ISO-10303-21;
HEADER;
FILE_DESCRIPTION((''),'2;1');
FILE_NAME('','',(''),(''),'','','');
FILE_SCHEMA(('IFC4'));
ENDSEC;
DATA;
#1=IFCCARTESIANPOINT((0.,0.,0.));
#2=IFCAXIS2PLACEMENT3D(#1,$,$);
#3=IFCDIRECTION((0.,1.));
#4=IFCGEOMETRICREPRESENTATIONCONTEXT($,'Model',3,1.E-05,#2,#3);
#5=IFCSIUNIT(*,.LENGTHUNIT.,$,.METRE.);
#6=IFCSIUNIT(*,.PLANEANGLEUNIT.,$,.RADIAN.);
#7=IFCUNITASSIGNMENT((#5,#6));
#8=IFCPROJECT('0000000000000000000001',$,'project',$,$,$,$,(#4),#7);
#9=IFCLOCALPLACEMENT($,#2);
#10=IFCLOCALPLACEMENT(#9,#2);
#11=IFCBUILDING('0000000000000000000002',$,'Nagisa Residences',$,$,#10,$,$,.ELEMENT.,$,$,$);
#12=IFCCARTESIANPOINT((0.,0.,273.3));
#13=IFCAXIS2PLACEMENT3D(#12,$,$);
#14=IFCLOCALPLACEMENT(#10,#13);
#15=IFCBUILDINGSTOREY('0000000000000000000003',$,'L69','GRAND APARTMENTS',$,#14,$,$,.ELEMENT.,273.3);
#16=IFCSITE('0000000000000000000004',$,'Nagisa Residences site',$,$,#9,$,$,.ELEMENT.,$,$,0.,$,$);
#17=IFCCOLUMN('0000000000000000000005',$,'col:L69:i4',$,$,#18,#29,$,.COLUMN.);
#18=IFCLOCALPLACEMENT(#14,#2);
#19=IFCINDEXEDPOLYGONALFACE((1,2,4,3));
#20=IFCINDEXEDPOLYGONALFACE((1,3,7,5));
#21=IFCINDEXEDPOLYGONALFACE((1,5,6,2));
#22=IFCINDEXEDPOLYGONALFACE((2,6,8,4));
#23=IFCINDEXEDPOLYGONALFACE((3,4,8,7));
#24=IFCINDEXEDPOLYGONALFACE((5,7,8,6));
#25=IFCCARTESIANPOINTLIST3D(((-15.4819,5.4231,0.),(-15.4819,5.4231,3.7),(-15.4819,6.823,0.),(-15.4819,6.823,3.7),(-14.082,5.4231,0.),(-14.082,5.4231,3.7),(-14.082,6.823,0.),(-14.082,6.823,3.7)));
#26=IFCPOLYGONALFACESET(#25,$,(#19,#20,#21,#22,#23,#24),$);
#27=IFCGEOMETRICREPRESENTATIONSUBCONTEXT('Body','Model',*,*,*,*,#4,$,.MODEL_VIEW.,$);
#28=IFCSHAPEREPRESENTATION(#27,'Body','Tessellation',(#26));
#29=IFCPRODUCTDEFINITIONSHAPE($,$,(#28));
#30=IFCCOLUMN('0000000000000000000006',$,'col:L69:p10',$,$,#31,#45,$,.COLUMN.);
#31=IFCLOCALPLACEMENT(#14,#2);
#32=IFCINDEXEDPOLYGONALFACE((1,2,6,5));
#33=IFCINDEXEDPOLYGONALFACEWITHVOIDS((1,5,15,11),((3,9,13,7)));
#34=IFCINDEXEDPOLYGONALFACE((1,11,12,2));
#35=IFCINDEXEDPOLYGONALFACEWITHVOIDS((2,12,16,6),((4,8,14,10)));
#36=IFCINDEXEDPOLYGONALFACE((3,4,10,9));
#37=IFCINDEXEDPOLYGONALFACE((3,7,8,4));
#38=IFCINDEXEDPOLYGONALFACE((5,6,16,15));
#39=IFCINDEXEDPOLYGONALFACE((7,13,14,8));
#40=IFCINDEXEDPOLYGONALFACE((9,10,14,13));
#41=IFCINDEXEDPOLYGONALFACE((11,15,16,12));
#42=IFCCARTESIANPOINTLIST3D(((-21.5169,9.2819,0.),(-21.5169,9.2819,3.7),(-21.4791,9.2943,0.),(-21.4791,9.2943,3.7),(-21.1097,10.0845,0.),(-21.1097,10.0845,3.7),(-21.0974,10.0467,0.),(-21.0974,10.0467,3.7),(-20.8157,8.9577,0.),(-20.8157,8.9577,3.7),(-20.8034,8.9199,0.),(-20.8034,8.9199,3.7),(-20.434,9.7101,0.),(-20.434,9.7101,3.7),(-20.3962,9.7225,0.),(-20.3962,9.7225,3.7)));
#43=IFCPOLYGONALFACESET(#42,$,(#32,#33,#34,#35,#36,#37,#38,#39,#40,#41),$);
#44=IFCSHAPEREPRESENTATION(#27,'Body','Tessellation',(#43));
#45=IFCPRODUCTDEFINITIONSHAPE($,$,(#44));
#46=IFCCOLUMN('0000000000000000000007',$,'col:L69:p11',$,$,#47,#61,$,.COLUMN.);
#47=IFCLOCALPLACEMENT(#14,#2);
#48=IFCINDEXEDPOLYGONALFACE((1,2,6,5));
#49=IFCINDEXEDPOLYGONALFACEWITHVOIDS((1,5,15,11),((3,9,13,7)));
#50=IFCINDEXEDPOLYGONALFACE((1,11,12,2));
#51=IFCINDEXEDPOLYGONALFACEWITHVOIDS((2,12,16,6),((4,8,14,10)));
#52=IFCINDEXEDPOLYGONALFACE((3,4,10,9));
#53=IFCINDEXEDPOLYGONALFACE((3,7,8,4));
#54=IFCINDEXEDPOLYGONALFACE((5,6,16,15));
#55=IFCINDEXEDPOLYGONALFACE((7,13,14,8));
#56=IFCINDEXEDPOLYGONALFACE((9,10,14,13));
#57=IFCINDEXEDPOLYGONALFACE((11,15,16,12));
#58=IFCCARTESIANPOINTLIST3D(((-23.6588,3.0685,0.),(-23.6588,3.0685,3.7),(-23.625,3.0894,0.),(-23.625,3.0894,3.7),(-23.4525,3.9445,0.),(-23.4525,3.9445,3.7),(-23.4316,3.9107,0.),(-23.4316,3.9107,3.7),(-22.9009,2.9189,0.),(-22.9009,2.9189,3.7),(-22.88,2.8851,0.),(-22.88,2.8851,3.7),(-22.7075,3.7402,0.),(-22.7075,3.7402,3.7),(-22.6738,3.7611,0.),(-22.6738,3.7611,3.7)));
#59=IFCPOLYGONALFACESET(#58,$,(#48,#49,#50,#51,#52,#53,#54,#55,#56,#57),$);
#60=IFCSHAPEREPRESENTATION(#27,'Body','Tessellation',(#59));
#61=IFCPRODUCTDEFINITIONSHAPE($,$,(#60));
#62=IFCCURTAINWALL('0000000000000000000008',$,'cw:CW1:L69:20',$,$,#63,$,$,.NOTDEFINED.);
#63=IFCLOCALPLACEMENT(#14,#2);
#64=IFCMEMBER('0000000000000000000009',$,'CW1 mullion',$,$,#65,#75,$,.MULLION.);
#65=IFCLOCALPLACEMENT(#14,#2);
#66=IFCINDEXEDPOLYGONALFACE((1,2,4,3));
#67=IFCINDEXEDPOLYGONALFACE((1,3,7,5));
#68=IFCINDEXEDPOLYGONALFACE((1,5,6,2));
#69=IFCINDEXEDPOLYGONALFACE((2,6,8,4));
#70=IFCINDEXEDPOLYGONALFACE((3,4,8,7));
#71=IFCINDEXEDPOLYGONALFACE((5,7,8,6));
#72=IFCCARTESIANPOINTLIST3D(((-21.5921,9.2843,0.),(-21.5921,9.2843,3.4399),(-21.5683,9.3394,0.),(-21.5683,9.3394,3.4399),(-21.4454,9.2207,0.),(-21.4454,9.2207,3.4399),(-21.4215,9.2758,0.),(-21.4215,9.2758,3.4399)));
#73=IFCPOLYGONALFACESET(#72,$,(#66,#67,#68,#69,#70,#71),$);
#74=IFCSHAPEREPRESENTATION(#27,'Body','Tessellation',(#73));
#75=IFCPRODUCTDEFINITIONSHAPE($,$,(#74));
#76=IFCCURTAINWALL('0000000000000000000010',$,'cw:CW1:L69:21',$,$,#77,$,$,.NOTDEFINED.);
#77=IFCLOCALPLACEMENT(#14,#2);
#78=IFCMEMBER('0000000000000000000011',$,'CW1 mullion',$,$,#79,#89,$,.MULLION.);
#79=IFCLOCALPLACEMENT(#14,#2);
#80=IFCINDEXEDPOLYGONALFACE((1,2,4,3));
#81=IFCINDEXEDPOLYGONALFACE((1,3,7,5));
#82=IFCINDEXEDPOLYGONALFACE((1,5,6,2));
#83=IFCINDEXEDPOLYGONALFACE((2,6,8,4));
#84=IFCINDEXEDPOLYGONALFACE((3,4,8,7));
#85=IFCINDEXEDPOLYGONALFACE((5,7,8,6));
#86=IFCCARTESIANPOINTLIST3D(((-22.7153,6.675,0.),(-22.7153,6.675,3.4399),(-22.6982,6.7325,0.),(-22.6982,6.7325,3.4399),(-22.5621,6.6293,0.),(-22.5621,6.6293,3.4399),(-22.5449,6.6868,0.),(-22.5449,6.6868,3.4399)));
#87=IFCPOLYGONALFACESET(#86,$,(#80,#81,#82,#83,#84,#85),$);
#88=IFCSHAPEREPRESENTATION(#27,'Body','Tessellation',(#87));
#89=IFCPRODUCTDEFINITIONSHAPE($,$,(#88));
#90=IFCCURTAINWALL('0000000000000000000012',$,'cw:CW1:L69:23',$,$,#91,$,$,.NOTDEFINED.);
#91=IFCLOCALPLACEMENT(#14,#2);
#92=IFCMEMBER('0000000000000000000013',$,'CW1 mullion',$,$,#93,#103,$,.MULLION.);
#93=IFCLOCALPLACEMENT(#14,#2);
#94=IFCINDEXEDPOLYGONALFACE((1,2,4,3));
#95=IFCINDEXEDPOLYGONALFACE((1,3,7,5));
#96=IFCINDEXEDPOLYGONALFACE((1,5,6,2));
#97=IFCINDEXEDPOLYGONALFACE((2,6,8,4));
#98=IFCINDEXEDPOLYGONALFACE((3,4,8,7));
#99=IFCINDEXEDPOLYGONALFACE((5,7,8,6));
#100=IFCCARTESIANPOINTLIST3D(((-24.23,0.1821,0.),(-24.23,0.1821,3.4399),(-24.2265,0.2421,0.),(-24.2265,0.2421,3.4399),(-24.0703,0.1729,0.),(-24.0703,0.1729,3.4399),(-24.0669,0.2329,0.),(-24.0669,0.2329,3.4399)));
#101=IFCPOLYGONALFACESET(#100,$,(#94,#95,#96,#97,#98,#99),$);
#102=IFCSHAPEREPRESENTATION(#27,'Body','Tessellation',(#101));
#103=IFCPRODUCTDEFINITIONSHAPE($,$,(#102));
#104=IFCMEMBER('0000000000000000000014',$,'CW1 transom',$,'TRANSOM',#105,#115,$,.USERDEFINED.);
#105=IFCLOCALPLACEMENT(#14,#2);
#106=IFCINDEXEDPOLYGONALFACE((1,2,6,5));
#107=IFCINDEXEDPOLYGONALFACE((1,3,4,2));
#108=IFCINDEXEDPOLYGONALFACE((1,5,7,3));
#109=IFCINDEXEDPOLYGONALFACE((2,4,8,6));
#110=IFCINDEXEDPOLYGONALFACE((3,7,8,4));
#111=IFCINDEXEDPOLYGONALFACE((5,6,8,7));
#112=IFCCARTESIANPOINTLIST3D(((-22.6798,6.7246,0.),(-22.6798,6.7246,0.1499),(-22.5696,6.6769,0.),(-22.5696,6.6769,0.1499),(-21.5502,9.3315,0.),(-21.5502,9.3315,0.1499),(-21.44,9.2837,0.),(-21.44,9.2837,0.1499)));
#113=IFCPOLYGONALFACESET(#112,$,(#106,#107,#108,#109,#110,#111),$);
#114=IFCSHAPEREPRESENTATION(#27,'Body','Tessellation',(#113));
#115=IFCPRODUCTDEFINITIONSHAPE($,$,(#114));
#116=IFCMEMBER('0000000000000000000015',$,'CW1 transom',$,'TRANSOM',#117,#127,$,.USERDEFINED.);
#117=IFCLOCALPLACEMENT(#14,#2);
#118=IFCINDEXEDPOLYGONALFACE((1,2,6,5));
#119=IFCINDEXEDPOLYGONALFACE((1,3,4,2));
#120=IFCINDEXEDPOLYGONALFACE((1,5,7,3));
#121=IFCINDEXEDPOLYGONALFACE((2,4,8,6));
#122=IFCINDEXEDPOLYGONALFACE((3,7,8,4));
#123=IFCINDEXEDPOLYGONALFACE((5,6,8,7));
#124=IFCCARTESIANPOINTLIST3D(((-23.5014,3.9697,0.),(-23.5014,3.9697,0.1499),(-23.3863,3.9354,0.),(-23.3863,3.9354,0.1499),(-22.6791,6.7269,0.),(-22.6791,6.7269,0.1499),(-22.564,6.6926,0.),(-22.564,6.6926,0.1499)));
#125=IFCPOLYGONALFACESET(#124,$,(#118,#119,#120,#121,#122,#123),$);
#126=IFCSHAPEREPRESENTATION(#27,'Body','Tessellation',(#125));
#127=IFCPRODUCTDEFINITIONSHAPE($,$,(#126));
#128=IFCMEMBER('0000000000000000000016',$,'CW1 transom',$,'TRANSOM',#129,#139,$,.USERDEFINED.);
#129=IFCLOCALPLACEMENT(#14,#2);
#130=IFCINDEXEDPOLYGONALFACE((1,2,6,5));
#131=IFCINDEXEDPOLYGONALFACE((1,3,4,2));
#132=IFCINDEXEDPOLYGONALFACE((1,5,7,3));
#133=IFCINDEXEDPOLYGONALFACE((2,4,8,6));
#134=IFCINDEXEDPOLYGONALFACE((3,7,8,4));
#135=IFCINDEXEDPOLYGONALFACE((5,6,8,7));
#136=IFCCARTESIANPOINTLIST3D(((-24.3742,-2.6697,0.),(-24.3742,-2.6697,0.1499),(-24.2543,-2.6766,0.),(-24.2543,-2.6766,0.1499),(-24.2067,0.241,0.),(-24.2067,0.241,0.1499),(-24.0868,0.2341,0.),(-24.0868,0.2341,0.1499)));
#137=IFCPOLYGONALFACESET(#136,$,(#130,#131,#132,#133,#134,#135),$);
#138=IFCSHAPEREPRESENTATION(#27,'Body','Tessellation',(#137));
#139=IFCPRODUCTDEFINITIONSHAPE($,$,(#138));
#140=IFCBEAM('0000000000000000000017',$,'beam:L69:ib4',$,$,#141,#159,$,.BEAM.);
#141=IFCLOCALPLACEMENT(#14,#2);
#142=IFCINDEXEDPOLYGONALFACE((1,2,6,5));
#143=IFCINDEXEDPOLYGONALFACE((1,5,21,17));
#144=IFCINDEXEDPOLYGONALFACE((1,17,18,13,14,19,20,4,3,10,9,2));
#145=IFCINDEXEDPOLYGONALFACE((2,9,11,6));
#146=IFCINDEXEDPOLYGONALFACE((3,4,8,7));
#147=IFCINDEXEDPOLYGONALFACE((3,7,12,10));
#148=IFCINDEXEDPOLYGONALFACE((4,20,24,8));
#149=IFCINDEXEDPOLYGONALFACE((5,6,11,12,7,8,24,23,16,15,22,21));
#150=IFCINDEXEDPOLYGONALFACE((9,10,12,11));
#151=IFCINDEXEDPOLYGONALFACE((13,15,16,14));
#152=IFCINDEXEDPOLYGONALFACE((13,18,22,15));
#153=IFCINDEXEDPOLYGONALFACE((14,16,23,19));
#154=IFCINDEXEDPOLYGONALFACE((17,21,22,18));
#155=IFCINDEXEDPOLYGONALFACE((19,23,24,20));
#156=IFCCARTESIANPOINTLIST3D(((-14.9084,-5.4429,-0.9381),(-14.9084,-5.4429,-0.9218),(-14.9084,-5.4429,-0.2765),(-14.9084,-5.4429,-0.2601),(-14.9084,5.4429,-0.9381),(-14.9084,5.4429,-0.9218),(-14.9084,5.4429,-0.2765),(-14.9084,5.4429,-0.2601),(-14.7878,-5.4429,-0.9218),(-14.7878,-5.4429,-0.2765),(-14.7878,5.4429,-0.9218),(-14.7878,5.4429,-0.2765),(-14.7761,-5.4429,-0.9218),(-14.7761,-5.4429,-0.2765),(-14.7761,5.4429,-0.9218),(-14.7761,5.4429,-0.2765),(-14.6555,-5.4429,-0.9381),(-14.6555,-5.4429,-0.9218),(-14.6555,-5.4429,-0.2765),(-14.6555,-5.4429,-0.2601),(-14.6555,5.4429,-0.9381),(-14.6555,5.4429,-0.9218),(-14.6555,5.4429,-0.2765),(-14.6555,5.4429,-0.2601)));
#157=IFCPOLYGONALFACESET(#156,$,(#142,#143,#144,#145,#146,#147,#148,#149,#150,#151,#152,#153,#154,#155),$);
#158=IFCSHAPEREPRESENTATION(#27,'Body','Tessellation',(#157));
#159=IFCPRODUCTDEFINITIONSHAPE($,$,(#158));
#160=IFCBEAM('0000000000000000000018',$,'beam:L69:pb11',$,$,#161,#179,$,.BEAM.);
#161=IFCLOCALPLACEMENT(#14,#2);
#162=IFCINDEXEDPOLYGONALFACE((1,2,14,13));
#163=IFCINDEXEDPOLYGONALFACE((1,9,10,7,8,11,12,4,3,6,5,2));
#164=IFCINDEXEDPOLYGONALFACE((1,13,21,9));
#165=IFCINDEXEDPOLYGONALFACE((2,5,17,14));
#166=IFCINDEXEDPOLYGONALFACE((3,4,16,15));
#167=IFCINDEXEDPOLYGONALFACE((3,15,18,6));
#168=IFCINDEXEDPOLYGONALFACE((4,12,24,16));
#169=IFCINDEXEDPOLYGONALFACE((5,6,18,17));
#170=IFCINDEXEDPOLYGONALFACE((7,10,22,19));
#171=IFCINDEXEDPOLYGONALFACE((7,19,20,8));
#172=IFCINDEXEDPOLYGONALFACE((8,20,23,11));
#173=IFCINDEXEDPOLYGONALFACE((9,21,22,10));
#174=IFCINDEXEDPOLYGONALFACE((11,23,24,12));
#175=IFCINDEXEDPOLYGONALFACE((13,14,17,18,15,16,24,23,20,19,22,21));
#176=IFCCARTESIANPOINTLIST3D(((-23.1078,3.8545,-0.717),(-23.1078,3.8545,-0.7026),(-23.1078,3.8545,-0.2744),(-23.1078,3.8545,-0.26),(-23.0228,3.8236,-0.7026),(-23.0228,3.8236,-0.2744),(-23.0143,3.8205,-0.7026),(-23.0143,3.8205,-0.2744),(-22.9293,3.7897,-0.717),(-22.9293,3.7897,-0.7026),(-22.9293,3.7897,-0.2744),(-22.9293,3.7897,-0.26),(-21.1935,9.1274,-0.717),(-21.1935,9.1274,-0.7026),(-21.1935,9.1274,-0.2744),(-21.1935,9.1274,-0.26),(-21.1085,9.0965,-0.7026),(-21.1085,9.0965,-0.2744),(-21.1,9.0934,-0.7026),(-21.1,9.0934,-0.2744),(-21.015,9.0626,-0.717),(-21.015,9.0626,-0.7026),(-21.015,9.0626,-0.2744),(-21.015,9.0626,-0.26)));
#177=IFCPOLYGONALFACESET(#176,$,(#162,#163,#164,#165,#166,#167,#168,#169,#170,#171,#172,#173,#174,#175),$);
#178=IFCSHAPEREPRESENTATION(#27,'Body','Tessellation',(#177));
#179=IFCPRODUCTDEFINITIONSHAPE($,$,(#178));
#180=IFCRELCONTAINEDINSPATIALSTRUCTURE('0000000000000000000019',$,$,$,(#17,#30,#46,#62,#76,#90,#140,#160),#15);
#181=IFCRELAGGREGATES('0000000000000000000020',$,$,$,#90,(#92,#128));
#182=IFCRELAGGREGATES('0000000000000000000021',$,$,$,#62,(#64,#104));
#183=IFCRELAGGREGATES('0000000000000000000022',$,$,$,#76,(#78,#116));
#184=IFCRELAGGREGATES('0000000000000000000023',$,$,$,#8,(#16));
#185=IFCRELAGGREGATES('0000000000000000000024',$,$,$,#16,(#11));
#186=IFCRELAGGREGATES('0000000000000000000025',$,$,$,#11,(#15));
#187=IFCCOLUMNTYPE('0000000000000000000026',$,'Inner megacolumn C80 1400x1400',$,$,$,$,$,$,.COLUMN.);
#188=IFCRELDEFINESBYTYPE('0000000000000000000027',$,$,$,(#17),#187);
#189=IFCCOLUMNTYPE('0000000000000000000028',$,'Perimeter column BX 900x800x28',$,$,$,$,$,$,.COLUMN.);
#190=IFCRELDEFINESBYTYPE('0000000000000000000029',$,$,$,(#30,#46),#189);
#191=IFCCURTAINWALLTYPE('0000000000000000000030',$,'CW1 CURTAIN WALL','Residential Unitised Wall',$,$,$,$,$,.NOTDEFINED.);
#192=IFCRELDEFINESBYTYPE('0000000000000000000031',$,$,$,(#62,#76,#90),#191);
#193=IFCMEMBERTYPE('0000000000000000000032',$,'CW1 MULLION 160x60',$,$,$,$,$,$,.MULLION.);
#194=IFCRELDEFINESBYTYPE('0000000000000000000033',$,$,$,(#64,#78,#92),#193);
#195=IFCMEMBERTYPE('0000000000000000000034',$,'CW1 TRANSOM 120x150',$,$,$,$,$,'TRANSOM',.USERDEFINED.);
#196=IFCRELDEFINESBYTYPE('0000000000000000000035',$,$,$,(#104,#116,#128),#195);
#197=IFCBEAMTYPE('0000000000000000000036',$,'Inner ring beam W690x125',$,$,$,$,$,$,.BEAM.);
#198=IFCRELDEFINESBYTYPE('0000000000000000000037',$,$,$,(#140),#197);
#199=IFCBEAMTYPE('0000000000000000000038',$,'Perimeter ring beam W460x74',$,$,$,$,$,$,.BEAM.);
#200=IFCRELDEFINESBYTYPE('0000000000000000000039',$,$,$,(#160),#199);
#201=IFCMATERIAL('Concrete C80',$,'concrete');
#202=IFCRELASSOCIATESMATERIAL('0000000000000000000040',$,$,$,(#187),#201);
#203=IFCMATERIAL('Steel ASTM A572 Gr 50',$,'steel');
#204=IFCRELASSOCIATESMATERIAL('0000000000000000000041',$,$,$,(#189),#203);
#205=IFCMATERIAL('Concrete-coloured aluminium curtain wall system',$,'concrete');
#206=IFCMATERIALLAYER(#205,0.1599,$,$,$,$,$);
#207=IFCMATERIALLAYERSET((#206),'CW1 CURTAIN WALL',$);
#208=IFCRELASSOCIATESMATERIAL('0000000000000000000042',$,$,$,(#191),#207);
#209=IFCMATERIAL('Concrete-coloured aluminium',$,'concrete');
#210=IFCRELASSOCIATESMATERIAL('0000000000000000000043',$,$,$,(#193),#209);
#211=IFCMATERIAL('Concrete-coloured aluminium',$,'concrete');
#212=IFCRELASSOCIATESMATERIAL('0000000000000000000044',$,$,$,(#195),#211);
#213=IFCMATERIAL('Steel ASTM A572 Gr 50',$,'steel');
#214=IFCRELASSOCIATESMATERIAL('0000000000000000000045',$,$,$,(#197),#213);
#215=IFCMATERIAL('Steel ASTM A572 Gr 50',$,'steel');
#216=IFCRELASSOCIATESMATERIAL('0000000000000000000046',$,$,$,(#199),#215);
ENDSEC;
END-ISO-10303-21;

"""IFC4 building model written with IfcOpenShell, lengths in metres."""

from ifc_helpers import new_model, si_unit, direction, frame, origin, origin_2d, place, context, subcontext, project, spatial, rectangle, hollow_rectangle, i_section, extrude, material, layer, layer_set, material_profile, profile_set, type_object, element, aggregate, save


model = new_model("IFC4")

# Units and contexts
model_context = context("Model", 3, precision=1e-05, world=origin(), true_north=direction((0.0, 1.0)))
body_context = subcontext(model_context, "Body", "Model", "MODEL_VIEW")
ifc_project = project(units=[si_unit("LENGTHUNIT", "METRE"), si_unit("PLANEANGLEUNIT", "RADIAN")], contexts=[model_context])

# Site, building, storey
site_placement = place(None, origin())
site = spatial("IfcSite", under=ifc_project, at=site_placement, Name="Nagisa Residences site", CompositionType="ELEMENT", RefElevation=0.0)
building_placement = place(site_placement, origin())
building = spatial("IfcBuilding", under=site, at=building_placement, Name="Nagisa Residences", CompositionType="ELEMENT")
storey_placement = place(building_placement, frame((0.0, 0.0, 273.3)))
storey = spatial("IfcBuildingStorey", under=building, at=storey_placement, Name="L69", Description="GRAND APARTMENTS", CompositionType="ELEMENT", Elevation=273.3)

# Columns
ifc_material_1 = material(Name="Concrete C80", Category="concrete")
ifc_material_profile_1 = material_profile(ifc_material_1, rectangle(XDim=1.3999, YDim=1.3999, at=origin_2d()), Name="C80 1400x1400")
ifc_profile_set_1 = profile_set([ifc_material_profile_1], Name="Concrete C80")
column_type_1 = type_object("IfcColumnType", Name="Inner megacolumn C80 1400x1400", PredefinedType="COLUMN", material=ifc_profile_set_1)
column_placement = place(storey_placement, frame((-14.782, 6.123, 0.0), z_axis=(0.0, 0.0, 1.0), x_axis=(1.0, 0.0, 0.0)))
element("IfcColumn", 1, at=column_placement, inside=storey, type_object=column_type_1, Name="col:L69:i4", PredefinedType="COLUMN", context=body_context, shape_type="SweptSolid", body=[
    extrude(rectangle(XDim=1.3999, YDim=1.3999, at=origin_2d()), origin(), (0.0, 0.0, 1.0), 3.7),
])
ifc_material_2 = material(Name="Steel ASTM A572 Gr 50", Category="steel")
ifc_material_profile_2 = material_profile(ifc_material_2, hollow_rectangle(XDim=0.8999, YDim=0.8, WallThickness=0.0281, at=origin_2d()), Name="BX 900x800x28")
ifc_profile_set_2 = profile_set([ifc_material_profile_2], Name="Steel ASTM A572 Gr 50")
column_type_2 = type_object("IfcColumnType", Name="Perimeter column BX 900x800x28", PredefinedType="COLUMN", material=ifc_profile_set_2)
for number, where, z_axis, x_axis, name in (
    (2, (-20.9565, 9.5022, 0.0), (0.0, 0.0, 1.0), (-0.452463, -0.891783, 0.0), "col:L69:p10"),
    (3, (-23.1663, 3.4148, 0.0), (0.0, 0.0, 1.0), (-0.229202, -0.973379, 0.0), "col:L69:p11"),
):
    element("IfcColumn", number, at=place(storey_placement, frame(where, z_axis=z_axis, x_axis=x_axis)), inside=storey, type_object=column_type_2, Name=name, PredefinedType="COLUMN", context=body_context, shape_type="SweptSolid", body=[
        extrude(hollow_rectangle(XDim=0.8999, YDim=0.8, WallThickness=0.0281, at=origin_2d()), origin(), (0.0, 0.0, 1.0), 3.7),
    ])

# Curtain walls, members
ifc_material_3 = material(Name="Concrete-coloured aluminium curtain wall system", Category="concrete")
ifc_layer_1 = layer(ifc_material_3, 0.1599)
ifc_layer_set_1 = layer_set([ifc_layer_1], Name="CW1 CURTAIN WALL")
curtain_wall_type = type_object("IfcCurtainWallType", Name="CW1 CURTAIN WALL", Description="Residential Unitised Wall", PredefinedType="NOTDEFINED", material=ifc_layer_set_1)
curtain_wall_1_placement = place(storey_placement, origin())
curtain_wall_1 = element("IfcCurtainWall", 4, at=curtain_wall_1_placement, inside=storey, type_object=curtain_wall_type, Name="cw:CW1:L69:20", PredefinedType="NOTDEFINED")
ifc_material_4 = material(Name="Concrete-coloured aluminium", Category="concrete")
ifc_material_profile_3 = material_profile(ifc_material_4, rectangle(XDim=0.1599, YDim=0.0601, at=origin_2d()), Name="CW1 MULLION 160x60")
ifc_profile_set_3 = profile_set([ifc_material_profile_3], Name="Concrete-coloured aluminium")
member_type_1 = type_object("IfcMemberType", Name="CW1 MULLION 160x60", PredefinedType="MULLION", material=ifc_profile_set_3)
member_1_placement = place(storey_placement, frame((-21.5068, 9.28, 0.0), z_axis=(0.0, 0.0, 1.0), x_axis=(0.917543, -0.397636, 0.0)))
member_1 = element("IfcMember", 5, at=member_1_placement, type_object=member_type_1, Name="CW1 mullion", PredefinedType="MULLION", context=body_context, shape_type="SweptSolid", body=[
    extrude(rectangle(XDim=0.1599, YDim=0.0601, at=origin_2d()), origin(), (0.0, 0.0, 1.0), 3.4399),
])
curtain_wall_2_placement = place(storey_placement, origin())
curtain_wall_2 = element("IfcCurtainWall", 6, at=curtain_wall_2_placement, inside=storey, type_object=curtain_wall_type, Name="cw:CW1:L69:21", PredefinedType="NOTDEFINED")
member_2_placement = place(storey_placement, frame((-22.6301, 6.6809, 0.0), z_axis=(0.0, 0.0, 1.0), x_axis=(0.958271, -0.28586, 0.0)))
member_2 = element("IfcMember", 7, at=member_2_placement, type_object=member_type_1, Name="CW1 mullion", PredefinedType="MULLION", context=body_context, shape_type="SweptSolid", body=[
    extrude(rectangle(XDim=0.1599, YDim=0.0601, at=origin_2d()), origin(), (0.0, 0.0, 1.0), 3.4399),
])
curtain_wall_3_placement = place(storey_placement, origin())
curtain_wall_3 = element("IfcCurtainWall", 8, at=curtain_wall_3_placement, inside=storey, type_object=curtain_wall_type, Name="cw:CW1:L69:23", PredefinedType="NOTDEFINED")
member_3_placement = place(storey_placement, frame((-24.1484, 0.2075, 0.0), z_axis=(0.0, 0.0, 1.0), x_axis=(0.998345, -0.057503, 0.0)))
member_3 = element("IfcMember", 9, at=member_3_placement, type_object=member_type_1, Name="CW1 mullion", PredefinedType="MULLION", context=body_context, shape_type="SweptSolid", body=[
    extrude(rectangle(XDim=0.1599, YDim=0.0601, at=origin_2d()), origin(), (0.0, 0.0, 1.0), 3.4399),
])

# Members
ifc_material_5 = material(Name="Concrete-coloured aluminium", Category="concrete")
ifc_material_profile_4 = material_profile(ifc_material_5, rectangle(XDim=0.1201, YDim=0.1499, at=origin_2d()), Name="CW1 TRANSOM 120x150")
ifc_profile_set_4 = profile_set([ifc_material_profile_4], Name="Concrete-coloured aluminium")
member_type_2 = type_object("IfcMemberType", Name="CW1 TRANSOM 120x150", ElementType="TRANSOM", PredefinedType="USERDEFINED", material=ifc_profile_set_4)
member_4_placement = place(storey_placement, frame((-21.4951, 9.3076, 0.075), z_axis=(-0.397598, -0.91756, 0.0), x_axis=(0.91756, -0.397598, 0.0)))
member_4 = element("IfcMember", 10, at=member_4_placement, type_object=member_type_2, Name="CW1 transom", ObjectType="TRANSOM", PredefinedType="USERDEFINED", context=body_context, shape_type="SweptSolid", body=[
    extrude(rectangle(XDim=0.1201, YDim=0.1499, at=origin_2d()), origin(), (0.0, 0.0, 1.0), 2.8411),
])
member_5_placement = place(storey_placement, frame((-22.6216, 6.7097, 0.075), z_axis=(-0.285798, -0.95829, 0.0), x_axis=(0.95829, -0.285798, 0.0)))
member_5 = element("IfcMember", 11, at=member_5_placement, type_object=member_type_2, Name="CW1 transom", ObjectType="TRANSOM", PredefinedType="USERDEFINED", context=body_context, shape_type="SweptSolid", body=[
    extrude(rectangle(XDim=0.1201, YDim=0.1499, at=origin_2d()), origin(), (0.0, 0.0, 1.0), 2.8772),
])
member_6_placement = place(storey_placement, frame((-24.1467, 0.2375, 0.075), z_axis=(-0.057446, -0.998349, 0.0), x_axis=(0.998349, -0.057446, 0.0)))
member_6 = element("IfcMember", 12, at=member_6_placement, type_object=member_type_2, Name="CW1 transom", ObjectType="TRANSOM", PredefinedType="USERDEFINED", context=body_context, shape_type="SweptSolid", body=[
    extrude(rectangle(XDim=0.1201, YDim=0.1499, at=origin_2d()), origin(), (0.0, 0.0, 1.0), 2.9155),
])
aggregate(curtain_wall_3, [member_3, member_6])

# Beams
ifc_material_6 = material(Name="Steel ASTM A572 Gr 50", Category="steel")
ifc_material_profile_5 = material_profile(ifc_material_6, i_section(OverallWidth=0.2529, OverallDepth=0.678, WebThickness=0.0117, FlangeThickness=0.0164, at=origin_2d()), Name="W690x125")
ifc_profile_set_5 = profile_set([ifc_material_profile_5], Name="Steel ASTM A572 Gr 50")
beam_type_1 = type_object("IfcBeamType", Name="Inner ring beam W690x125", PredefinedType="BEAM", material=ifc_profile_set_5)
beam_1_placement = place(storey_placement, frame((-14.782, 5.4429, -0.5991), z_axis=(0.0, -1.0, 0.0), x_axis=(1.0, 0.0, 0.0)))
element("IfcBeam", 13, at=beam_1_placement, inside=storey, type_object=beam_type_1, Name="beam:L69:ib4", PredefinedType="BEAM", context=body_context, shape_type="SweptSolid", body=[
    extrude(i_section(OverallWidth=0.2529, OverallDepth=0.678, WebThickness=0.0117, FlangeThickness=0.0164, at=origin_2d()), origin(), (0.0, 0.0, 1.0), 10.8857),
])
ifc_material_7 = material(Name="Steel ASTM A572 Gr 50", Category="steel")
ifc_material_profile_6 = material_profile(ifc_material_7, i_section(OverallWidth=0.1899, OverallDepth=0.457, WebThickness=0.009, FlangeThickness=0.0144, at=origin_2d()), Name="W460x74")
ifc_profile_set_6 = profile_set([ifc_material_profile_6], Name="Steel ASTM A572 Gr 50")
beam_type_2 = type_object("IfcBeamType", Name="Perimeter ring beam W460x74", PredefinedType="BEAM", material=ifc_profile_set_6)
beam_2_placement = place(storey_placement, frame((-21.1042, 9.095, -0.4885), z_axis=(-0.34125, -0.939972, 0.0), x_axis=(0.939972, -0.34125, 0.0)))
element("IfcBeam", 14, at=beam_2_placement, inside=storey, type_object=beam_type_2, Name="beam:L69:pb11", PredefinedType="BEAM", context=body_context, shape_type="SweptSolid", body=[
    extrude(i_section(OverallWidth=0.1899, OverallDepth=0.457, WebThickness=0.009, FlangeThickness=0.0144, at=origin_2d()), origin(), (0.0, 0.0, 1.0), 5.6096),
])

aggregate(curtain_wall_1, [member_1, member_4])
aggregate(curtain_wall_2, [member_2, member_5])

save(model, "model.ifc")
